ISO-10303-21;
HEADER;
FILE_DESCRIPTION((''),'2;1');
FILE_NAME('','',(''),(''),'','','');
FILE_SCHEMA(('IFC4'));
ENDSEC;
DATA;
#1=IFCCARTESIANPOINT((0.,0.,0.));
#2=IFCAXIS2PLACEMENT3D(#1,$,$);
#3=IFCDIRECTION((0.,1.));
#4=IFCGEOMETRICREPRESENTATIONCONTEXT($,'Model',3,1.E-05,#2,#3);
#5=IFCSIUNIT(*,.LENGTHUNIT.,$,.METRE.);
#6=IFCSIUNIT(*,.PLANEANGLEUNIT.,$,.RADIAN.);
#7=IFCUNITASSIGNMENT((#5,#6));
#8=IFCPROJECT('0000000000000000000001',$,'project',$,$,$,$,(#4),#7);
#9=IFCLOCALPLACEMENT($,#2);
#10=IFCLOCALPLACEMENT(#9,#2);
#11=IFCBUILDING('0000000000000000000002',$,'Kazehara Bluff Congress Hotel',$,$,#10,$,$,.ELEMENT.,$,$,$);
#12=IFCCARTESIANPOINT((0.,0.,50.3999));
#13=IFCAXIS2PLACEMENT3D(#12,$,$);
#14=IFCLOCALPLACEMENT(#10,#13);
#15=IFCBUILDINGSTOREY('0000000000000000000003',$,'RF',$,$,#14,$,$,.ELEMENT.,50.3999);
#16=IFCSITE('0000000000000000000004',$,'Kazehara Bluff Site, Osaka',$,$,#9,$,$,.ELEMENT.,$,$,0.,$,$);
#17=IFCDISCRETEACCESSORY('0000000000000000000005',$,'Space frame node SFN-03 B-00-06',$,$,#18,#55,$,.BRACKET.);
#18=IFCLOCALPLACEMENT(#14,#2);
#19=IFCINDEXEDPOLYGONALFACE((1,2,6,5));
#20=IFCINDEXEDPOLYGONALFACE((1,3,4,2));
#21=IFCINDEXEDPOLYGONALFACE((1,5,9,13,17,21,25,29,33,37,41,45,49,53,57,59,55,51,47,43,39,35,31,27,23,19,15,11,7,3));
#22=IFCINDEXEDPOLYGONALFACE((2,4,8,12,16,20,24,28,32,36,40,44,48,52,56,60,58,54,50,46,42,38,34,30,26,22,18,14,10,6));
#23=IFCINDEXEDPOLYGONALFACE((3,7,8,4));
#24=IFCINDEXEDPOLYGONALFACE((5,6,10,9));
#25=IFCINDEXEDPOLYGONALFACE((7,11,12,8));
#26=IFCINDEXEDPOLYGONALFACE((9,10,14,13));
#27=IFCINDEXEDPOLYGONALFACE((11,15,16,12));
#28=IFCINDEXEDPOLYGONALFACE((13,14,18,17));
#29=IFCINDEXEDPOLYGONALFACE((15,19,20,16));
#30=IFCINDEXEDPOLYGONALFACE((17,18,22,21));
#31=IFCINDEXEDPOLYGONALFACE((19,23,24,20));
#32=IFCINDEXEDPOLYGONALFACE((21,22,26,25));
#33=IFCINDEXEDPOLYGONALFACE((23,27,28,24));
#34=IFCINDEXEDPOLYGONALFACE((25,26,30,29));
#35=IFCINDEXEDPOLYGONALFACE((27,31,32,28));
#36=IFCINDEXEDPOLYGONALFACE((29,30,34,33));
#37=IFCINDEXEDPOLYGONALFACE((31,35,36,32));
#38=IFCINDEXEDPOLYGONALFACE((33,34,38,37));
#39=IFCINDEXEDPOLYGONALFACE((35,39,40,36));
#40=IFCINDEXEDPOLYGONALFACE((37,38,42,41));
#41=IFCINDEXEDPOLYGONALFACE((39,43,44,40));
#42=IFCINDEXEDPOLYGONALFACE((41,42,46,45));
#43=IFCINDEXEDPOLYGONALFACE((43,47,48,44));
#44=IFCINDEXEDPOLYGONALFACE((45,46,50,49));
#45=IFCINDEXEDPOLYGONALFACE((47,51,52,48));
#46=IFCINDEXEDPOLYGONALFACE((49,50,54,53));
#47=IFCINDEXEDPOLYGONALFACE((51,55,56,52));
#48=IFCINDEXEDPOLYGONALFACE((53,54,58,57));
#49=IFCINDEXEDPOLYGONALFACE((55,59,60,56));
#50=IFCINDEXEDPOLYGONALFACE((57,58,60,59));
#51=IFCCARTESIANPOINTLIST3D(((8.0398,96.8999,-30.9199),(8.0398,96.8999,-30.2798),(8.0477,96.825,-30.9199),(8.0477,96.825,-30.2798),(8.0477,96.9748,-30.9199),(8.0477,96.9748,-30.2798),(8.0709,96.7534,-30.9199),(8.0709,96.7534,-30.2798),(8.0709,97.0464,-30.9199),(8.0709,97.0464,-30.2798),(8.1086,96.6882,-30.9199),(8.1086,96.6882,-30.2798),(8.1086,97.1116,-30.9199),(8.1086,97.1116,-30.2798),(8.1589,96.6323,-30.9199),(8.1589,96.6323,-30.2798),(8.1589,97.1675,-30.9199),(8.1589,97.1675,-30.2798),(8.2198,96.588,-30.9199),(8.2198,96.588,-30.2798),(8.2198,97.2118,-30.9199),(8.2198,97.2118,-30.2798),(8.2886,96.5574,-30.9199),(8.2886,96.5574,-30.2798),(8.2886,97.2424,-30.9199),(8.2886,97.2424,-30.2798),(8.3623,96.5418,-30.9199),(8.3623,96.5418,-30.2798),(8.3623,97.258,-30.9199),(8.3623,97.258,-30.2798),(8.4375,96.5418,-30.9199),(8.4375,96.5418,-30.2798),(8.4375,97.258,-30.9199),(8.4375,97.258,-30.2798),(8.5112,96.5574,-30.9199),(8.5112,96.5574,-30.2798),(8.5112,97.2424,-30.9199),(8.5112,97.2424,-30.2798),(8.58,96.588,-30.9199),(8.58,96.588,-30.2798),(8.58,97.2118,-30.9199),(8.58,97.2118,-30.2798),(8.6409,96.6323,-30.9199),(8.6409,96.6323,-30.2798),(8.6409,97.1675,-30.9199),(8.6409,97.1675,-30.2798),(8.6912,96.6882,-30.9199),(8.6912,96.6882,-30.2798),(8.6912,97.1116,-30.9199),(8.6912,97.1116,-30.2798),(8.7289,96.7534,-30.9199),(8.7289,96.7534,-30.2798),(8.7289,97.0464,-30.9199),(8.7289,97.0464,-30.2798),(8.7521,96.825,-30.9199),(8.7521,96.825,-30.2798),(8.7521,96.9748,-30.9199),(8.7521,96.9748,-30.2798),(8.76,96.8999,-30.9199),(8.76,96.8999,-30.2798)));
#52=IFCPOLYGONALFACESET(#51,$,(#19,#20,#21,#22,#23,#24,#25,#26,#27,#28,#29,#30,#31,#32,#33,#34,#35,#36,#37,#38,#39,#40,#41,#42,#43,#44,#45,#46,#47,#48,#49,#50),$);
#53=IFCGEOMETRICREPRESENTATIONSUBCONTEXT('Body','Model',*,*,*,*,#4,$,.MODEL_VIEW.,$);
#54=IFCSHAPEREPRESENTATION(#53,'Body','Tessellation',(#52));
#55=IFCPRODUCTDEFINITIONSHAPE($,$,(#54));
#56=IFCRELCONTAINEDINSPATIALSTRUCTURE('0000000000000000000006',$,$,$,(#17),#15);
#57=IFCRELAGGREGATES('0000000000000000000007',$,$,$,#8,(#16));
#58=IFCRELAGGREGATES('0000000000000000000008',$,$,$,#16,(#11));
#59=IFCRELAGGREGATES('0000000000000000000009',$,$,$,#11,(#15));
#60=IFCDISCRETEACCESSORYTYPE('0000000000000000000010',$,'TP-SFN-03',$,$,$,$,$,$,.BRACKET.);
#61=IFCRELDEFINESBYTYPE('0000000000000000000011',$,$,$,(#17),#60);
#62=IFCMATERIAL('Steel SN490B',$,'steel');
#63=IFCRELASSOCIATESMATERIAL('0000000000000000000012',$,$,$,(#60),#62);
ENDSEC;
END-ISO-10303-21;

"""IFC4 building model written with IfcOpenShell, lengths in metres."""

from ifc_helpers import new_model, si_unit, direction, frame, origin, origin_2d, place, context, subcontext, project, spatial, circle, extrude, material, material_profile, profile_set, type_object, element, save


model = new_model("IFC4")

# Units and contexts
model_context = context("Model", 3, precision=1e-05, world=origin(), true_north=direction((0.0, 1.0)))
body_context = subcontext(model_context, "Body", "Model", "MODEL_VIEW")
ifc_project = project(units=[si_unit("LENGTHUNIT", "METRE"), si_unit("PLANEANGLEUNIT", "RADIAN")], contexts=[model_context])

# Site, building, storey
site_placement = place(None, origin())
site = spatial("IfcSite", under=ifc_project, at=site_placement, Name="Kazehara Bluff Site, Osaka", CompositionType="ELEMENT", RefElevation=0.0)
building_placement = place(site_placement, origin())
building = spatial("IfcBuilding", under=site, at=building_placement, Name="Kazehara Bluff Congress Hotel", CompositionType="ELEMENT")
storey_placement = place(building_placement, frame((0.0, 0.0, 50.3999)))
storey = spatial("IfcBuildingStorey", under=building, at=storey_placement, Name="RF", CompositionType="ELEMENT", Elevation=50.3999)

# Discrete accessory
ifc_material_1 = material(Name="Steel SN490B", Category="steel")
ifc_material_profile_1 = material_profile(ifc_material_1, circle(Radius=0.3601, at=origin_2d()))
ifc_profile_set_1 = profile_set([ifc_material_profile_1], Name="Steel SN490B")
discrete_accessory_type_1 = type_object("IfcDiscreteAccessoryType", Name="TP-SFN-03", PredefinedType="BRACKET", material=ifc_profile_set_1)
discrete_accessory_placement = place(storey_placement, frame((8.3999, 96.8999, -30.9199), z_axis=(0.0, 0.0, 1.0), x_axis=(1.0, 0.0, 0.0)))
element("IfcDiscreteAccessory", 1, at=discrete_accessory_placement, inside=storey, type_object=discrete_accessory_type_1, Name="Space frame node SFN-03 B-00-06", PredefinedType="BRACKET", context=body_context, shape_type="SweptSolid", body=[
    extrude(circle(Radius=0.3601, at=origin_2d()), origin(), (0.0, 0.0, 1.0), 0.6401),
])

save(model, "model.ifc")
